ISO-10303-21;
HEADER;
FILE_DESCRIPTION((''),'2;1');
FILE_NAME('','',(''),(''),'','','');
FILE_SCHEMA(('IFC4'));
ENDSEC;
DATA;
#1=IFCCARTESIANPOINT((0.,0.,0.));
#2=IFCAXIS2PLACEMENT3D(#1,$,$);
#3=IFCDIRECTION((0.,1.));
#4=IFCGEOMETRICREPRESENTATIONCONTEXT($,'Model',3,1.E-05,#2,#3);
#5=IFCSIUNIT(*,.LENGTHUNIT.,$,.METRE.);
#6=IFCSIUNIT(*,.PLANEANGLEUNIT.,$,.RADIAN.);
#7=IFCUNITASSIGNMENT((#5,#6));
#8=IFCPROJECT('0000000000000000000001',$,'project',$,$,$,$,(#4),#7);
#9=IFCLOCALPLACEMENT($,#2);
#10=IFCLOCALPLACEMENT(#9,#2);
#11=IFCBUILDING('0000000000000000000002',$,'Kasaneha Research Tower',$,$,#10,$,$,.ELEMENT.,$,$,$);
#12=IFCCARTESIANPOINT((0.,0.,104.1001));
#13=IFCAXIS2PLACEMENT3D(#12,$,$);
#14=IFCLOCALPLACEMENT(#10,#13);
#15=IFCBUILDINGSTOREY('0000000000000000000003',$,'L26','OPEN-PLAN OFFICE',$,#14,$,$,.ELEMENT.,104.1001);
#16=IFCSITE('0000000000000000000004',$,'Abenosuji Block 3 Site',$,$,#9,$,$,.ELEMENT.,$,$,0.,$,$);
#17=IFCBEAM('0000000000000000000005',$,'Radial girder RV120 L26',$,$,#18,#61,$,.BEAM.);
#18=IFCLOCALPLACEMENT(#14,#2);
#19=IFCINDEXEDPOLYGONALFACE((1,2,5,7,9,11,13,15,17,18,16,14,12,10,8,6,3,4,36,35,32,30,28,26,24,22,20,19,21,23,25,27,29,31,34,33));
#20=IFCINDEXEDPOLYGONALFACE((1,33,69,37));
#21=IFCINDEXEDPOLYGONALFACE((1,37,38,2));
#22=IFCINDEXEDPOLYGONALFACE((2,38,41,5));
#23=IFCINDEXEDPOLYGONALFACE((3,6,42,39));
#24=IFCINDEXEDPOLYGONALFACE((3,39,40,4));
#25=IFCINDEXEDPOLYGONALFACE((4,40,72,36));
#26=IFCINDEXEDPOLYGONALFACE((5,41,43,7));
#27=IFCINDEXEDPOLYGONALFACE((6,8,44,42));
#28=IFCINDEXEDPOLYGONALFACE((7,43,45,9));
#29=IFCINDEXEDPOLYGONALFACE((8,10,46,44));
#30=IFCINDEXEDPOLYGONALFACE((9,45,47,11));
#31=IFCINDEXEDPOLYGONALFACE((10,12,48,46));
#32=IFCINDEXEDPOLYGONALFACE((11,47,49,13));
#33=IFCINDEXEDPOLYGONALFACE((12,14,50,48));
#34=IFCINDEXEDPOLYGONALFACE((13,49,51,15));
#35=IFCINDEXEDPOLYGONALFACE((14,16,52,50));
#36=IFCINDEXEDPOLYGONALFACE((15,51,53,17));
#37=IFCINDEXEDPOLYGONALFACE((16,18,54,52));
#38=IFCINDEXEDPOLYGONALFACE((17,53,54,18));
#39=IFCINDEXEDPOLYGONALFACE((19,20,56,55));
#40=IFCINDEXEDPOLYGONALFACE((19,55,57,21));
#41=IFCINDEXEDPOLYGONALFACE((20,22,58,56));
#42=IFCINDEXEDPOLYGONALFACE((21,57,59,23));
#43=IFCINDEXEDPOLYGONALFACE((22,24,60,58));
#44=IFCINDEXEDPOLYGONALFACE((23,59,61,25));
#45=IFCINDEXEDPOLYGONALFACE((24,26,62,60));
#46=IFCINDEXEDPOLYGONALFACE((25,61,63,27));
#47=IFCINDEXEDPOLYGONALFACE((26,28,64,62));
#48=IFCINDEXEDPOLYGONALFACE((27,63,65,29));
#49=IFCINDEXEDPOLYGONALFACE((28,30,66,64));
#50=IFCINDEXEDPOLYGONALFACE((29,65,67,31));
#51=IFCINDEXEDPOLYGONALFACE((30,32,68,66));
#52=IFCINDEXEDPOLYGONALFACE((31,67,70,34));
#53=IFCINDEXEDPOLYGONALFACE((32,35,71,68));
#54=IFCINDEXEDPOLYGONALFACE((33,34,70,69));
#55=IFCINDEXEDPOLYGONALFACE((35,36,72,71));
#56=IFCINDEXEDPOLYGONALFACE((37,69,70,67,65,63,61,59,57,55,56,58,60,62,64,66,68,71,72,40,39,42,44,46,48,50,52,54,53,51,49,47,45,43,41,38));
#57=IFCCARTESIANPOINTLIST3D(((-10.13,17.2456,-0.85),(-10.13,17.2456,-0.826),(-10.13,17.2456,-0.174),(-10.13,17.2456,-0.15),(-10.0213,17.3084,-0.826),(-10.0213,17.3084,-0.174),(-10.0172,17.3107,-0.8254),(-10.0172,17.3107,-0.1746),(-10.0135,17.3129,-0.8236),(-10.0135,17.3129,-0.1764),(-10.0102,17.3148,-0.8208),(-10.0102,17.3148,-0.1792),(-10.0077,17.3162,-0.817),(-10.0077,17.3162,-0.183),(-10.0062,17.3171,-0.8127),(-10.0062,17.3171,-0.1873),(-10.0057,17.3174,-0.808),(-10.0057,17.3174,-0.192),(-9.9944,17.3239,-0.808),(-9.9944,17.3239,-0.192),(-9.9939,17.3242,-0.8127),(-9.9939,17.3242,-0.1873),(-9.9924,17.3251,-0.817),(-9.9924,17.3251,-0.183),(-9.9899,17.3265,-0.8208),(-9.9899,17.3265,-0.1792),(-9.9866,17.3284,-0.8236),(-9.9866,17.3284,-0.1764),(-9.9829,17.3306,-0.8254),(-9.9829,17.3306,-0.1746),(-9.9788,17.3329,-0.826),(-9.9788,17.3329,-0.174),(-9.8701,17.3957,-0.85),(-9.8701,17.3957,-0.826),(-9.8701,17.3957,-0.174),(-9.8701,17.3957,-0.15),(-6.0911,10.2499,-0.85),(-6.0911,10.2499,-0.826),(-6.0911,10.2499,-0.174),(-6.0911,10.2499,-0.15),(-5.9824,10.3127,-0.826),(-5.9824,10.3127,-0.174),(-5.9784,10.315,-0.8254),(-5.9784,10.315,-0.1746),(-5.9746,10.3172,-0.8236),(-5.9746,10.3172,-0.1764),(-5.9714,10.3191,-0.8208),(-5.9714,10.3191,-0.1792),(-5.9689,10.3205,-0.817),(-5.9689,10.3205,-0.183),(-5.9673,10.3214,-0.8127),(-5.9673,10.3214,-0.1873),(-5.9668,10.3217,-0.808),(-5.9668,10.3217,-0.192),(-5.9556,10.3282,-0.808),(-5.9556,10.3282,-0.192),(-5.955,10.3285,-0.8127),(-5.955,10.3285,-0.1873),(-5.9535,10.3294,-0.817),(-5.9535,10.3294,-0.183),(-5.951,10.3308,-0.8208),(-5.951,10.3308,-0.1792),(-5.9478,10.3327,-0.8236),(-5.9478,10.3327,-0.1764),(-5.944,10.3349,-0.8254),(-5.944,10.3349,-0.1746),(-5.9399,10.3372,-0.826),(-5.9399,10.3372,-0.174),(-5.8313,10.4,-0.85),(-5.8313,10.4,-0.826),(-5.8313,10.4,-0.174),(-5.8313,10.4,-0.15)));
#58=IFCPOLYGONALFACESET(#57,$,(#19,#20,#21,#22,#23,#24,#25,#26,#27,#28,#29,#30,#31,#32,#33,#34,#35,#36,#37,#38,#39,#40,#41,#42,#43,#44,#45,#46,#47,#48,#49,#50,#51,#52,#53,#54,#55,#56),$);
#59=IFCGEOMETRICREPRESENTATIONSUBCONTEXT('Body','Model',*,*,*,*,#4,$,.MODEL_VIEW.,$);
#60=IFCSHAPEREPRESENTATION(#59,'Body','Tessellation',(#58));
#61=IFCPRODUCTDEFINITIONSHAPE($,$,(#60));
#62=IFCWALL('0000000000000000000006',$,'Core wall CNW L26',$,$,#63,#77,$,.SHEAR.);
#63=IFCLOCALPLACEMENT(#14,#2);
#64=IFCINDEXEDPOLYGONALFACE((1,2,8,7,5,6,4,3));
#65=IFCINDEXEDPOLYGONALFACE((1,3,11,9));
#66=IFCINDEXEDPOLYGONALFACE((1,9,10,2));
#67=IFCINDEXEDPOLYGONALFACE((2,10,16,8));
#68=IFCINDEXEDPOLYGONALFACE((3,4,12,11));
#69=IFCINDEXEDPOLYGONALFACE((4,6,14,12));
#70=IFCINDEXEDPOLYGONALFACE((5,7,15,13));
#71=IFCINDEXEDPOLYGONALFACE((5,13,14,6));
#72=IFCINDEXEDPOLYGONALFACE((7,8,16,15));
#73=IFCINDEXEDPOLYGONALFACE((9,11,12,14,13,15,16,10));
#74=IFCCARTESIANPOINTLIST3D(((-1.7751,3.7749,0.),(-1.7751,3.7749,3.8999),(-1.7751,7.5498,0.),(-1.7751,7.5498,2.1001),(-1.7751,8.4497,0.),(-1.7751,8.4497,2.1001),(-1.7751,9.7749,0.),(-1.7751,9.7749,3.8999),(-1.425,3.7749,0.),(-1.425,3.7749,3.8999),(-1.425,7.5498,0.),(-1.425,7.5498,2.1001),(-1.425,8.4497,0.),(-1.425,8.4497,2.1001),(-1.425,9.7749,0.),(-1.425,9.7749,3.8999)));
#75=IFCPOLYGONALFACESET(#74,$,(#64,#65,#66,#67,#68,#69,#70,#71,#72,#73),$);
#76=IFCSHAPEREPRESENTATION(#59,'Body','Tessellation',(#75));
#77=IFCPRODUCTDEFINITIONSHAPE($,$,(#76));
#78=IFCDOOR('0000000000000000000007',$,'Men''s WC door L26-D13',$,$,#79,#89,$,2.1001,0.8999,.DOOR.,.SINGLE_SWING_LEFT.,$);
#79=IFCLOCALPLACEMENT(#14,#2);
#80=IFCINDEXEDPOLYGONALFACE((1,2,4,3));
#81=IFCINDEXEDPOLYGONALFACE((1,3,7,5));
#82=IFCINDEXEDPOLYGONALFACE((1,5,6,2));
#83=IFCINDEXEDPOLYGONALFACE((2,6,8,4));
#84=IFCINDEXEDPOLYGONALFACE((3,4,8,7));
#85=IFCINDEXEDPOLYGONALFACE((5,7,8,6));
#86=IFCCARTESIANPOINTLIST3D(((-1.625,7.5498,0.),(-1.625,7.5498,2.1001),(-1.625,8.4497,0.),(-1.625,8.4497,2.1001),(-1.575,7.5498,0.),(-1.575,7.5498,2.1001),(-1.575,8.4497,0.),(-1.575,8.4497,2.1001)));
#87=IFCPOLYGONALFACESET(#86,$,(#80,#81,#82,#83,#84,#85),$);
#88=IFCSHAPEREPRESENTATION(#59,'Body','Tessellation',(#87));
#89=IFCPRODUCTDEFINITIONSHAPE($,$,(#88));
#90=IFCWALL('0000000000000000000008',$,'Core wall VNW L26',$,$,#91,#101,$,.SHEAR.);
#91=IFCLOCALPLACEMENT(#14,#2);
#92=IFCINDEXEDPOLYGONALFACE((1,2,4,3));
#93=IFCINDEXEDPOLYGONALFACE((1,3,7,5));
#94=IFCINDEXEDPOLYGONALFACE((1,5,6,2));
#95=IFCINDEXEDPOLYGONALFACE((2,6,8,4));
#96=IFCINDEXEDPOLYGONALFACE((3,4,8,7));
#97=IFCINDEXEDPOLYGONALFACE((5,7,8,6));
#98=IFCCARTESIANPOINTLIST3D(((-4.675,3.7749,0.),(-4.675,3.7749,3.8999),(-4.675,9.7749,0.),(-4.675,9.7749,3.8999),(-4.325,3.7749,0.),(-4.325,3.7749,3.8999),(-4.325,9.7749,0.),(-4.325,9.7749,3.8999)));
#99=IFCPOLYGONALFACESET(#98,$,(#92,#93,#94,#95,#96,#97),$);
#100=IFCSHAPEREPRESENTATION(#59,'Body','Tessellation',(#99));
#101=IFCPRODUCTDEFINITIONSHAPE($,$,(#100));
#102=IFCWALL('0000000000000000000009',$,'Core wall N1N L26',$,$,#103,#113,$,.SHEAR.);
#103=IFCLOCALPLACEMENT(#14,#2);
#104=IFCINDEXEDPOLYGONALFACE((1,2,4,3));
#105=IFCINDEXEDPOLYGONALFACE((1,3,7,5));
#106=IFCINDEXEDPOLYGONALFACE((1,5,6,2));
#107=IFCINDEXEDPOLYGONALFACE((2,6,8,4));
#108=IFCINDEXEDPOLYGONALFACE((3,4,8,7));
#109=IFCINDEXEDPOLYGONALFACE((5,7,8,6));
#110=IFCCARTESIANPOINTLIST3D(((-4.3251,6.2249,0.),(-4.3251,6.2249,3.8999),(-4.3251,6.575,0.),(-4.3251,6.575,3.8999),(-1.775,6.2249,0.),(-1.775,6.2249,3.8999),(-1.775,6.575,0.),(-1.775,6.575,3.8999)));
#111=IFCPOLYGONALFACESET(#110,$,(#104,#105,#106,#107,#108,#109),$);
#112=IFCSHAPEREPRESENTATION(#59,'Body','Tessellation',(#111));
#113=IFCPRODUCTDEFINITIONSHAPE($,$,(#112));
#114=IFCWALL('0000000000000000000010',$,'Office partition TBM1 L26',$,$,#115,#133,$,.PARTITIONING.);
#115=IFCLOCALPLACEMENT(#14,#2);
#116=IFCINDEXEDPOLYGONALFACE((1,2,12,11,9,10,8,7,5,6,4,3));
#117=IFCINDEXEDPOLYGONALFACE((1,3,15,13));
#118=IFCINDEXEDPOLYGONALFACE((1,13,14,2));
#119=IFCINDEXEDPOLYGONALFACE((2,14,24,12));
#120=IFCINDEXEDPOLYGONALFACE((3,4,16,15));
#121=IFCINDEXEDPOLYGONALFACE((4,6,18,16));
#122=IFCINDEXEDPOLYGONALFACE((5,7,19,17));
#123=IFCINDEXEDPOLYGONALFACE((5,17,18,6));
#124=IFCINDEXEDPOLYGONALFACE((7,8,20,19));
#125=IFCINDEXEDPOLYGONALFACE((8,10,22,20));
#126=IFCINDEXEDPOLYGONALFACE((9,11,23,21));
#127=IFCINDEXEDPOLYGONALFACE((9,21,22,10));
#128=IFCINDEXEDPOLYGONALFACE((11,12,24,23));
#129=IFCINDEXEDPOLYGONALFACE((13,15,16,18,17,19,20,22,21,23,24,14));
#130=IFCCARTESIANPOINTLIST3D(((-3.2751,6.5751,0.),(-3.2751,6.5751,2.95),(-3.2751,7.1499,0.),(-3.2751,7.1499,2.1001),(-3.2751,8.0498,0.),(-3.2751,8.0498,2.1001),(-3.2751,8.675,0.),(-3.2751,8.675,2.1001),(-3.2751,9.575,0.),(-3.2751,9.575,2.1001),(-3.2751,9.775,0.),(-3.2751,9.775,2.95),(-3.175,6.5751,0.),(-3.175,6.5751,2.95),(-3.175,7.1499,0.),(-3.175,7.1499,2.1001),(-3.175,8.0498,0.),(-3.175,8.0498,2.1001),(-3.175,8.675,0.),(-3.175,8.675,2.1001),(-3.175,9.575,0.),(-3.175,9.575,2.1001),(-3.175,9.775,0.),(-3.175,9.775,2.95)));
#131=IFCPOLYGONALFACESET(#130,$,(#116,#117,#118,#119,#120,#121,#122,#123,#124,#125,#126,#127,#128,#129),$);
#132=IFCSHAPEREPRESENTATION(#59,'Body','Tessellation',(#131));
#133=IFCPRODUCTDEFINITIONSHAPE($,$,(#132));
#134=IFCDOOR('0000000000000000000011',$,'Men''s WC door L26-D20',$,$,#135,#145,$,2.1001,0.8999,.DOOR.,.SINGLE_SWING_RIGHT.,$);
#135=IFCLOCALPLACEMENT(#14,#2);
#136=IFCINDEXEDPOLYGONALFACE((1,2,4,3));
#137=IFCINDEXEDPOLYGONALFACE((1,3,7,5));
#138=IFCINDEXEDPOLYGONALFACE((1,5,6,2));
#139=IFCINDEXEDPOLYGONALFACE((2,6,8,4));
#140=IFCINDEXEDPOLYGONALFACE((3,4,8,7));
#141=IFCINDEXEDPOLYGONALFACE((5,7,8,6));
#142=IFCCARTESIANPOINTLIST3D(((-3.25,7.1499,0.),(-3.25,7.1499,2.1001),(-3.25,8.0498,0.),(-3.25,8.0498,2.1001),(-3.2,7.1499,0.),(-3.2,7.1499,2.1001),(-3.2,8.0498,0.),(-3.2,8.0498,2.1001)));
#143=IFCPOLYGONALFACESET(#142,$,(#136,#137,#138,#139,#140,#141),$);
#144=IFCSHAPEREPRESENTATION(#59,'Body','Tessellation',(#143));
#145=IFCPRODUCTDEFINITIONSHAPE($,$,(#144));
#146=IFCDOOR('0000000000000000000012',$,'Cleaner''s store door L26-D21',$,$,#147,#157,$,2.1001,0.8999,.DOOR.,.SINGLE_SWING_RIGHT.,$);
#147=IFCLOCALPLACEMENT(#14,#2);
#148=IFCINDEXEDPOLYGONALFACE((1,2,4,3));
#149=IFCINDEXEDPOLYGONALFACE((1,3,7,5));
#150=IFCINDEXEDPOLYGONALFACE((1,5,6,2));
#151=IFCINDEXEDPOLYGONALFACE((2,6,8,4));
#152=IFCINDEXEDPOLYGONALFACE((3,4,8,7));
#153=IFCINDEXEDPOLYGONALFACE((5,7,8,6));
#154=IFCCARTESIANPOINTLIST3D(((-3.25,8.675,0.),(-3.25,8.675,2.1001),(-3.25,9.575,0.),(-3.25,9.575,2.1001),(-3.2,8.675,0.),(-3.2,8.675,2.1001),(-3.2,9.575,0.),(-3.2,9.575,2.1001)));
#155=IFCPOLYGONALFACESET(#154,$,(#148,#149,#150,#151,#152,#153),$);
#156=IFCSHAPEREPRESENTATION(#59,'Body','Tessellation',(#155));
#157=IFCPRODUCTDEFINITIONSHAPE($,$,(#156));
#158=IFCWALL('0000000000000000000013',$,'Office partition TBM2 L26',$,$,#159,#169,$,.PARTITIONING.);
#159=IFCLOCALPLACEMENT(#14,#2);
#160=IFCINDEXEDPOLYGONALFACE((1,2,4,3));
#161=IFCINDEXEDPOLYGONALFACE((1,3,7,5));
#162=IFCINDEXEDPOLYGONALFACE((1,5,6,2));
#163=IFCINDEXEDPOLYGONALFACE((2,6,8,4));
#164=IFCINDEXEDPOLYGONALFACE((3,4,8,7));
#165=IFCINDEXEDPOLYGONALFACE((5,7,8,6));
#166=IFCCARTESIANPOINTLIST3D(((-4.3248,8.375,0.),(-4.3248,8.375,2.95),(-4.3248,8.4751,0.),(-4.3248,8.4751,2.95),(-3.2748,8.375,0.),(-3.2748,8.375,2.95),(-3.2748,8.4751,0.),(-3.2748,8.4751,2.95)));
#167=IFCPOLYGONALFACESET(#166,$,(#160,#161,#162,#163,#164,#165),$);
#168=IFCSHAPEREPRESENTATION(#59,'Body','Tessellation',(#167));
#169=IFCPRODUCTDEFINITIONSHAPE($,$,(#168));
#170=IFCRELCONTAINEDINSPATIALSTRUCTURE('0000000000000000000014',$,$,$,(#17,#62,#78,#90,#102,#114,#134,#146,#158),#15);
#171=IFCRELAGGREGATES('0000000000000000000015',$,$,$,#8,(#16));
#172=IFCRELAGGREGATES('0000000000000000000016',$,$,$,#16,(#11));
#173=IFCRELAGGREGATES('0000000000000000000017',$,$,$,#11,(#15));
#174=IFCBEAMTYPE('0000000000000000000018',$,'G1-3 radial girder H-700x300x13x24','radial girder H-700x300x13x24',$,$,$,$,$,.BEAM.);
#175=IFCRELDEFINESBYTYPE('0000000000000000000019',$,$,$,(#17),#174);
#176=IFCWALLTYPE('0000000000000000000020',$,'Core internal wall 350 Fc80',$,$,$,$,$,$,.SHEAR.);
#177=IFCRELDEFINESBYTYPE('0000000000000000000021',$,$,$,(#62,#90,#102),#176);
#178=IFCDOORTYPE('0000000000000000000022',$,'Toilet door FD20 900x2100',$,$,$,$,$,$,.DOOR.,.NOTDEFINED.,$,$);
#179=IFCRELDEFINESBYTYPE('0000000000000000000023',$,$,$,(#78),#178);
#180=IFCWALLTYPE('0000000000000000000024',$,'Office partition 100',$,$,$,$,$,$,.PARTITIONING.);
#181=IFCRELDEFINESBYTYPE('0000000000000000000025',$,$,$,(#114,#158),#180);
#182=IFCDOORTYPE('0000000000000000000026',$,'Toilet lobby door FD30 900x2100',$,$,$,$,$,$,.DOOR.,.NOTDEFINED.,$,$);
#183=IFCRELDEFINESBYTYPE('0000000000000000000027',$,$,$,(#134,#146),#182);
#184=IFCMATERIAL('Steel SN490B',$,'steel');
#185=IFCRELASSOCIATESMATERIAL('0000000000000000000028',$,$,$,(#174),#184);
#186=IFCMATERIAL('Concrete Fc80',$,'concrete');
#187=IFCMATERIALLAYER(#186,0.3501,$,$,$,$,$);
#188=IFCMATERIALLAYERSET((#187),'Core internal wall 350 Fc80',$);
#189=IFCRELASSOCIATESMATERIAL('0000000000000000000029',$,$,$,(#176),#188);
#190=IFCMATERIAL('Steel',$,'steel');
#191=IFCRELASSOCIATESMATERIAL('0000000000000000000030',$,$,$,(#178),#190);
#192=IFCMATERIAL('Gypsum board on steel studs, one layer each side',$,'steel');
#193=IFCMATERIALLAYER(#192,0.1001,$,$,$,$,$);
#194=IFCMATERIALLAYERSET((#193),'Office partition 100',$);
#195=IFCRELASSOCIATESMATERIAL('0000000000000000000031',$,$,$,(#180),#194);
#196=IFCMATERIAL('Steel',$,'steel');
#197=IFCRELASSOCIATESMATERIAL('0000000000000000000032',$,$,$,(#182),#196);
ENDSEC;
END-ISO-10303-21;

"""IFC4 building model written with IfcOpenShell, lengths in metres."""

from ifc_helpers import new_model, si_unit, direction, frame, frame_2d, origin, origin_2d, place, context, subcontext, project, spatial, rectangle, i_section, extrude, material, layer, layer_set, material_profile, profile_set, type_object, element, fill, save


model = new_model("IFC4")

# Units and contexts
model_context = context("Model", 3, precision=1e-05, world=origin(), true_north=direction((0.0, 1.0)))
body_context = subcontext(model_context, "Body", "Model", "MODEL_VIEW")
ifc_project = project(units=[si_unit("LENGTHUNIT", "METRE"), si_unit("PLANEANGLEUNIT", "RADIAN")], contexts=[model_context])

# Site, building, storey
site_placement = place(None, origin())
site = spatial("IfcSite", under=ifc_project, at=site_placement, Name="Abenosuji Block 3 Site", CompositionType="ELEMENT", RefElevation=0.0)
building_placement = place(site_placement, origin())
building = spatial("IfcBuilding", under=site, at=building_placement, Name="Kasaneha Research Tower", CompositionType="ELEMENT")
storey_placement = place(building_placement, frame((0.0, 0.0, 104.1001)))
storey = spatial("IfcBuildingStorey", under=building, at=storey_placement, Name="L26", Description="OPEN-PLAN OFFICE", CompositionType="ELEMENT", Elevation=104.1001)

# Beam
ifc_material_1 = material(Name="Steel SN490B", Category="steel")
ifc_material_profile = material_profile(ifc_material_1, i_section(OverallWidth=0.3, OverallDepth=0.7, WebThickness=0.0129, FlangeThickness=0.0239, FilletRadius=0.0181, at=origin_2d()), Name="H-700x300x13x24")
ifc_profile_set = profile_set([ifc_material_profile], Name="Steel SN490B")
beam_type = type_object("IfcBeamType", Name="G1-3 radial girder H-700x300x13x24", Description="radial girder H-700x300x13x24", PredefinedType="BEAM", material=ifc_profile_set)
beam_placement = place(storey_placement, frame((-5.9612, 10.325, -0.5), z_axis=(-0.499991, 0.866031, 0.0), x_axis=(-0.866031, -0.499991, 0.0)))
element("IfcBeam", 1, at=beam_placement, inside=storey, type_object=beam_type, Name="Radial girder RV120 L26", PredefinedType="BEAM", context=body_context, shape_type="SweptSolid", body=[
    extrude(i_section(OverallWidth=0.3, OverallDepth=0.7, WebThickness=0.0129, FlangeThickness=0.0239, FilletRadius=0.0181, at=origin_2d()), origin(), (0.0, 0.0, 1.0), 8.0779),
])

# Wall, opening, door
ifc_material_2 = material(Name="Concrete Fc80", Category="concrete")
ifc_layer_1 = layer(ifc_material_2, 0.3501)
ifc_layer_set_1 = layer_set([ifc_layer_1], Name="Core internal wall 350 Fc80")
wall_type_1 = type_object("IfcWallType", Name="Core internal wall 350 Fc80", PredefinedType="SHEAR", material=ifc_layer_set_1)
wall_1_placement = place(storey_placement, frame((-1.6001, 3.7749, 0.0), z_axis=(0.0, 0.0, 1.0), x_axis=(0.0, 1.0, 0.0)))
wall_1 = element("IfcWall", 2, at=wall_1_placement, inside=storey, type_object=wall_type_1, Name="Core wall CNW L26", PredefinedType="SHEAR", context=body_context, shape_type="SweptSolid", body=[
    extrude(rectangle(XDim=6.0, YDim=0.3501, at=frame_2d((3.0, 0.0))), origin(), (0.0, 0.0, 1.0), 3.8999),
])
opening_1_placement = place(wall_1_placement, frame((3.7749, 0.0, 0.0)))
opening_1 = element("IfcOpeningElement", 3, at=opening_1_placement, cuts=wall_1, PredefinedType="OPENING", context=body_context, shape_type="SweptSolid", body=[
    extrude(rectangle(XDim=0.8999, YDim=2.1001, at=frame_2d((0.45, 1.05))), frame((0.0, 0.1851, 0.0), z_axis=(0.0, -1.0, 0.0), x_axis=(1.0, 0.0, 0.0)), (0.0, 0.0, 1.0), 0.3701),
])
ifc_material_3 = material(Name="Steel", Category="steel")
door_type_1 = type_object("IfcDoorType", Name="Toilet door FD20 900x2100", OperationType="NOTDEFINED", PredefinedType="DOOR", material=ifc_material_3)
door_1_placement = place(opening_1_placement, origin())
door_1 = element("IfcDoor", 4, at=door_1_placement, inside=storey, type_object=door_type_1, Name="Men's WC door L26-D13", OperationType="SINGLE_SWING_LEFT", OverallHeight=2.1001, OverallWidth=0.8999, PredefinedType="DOOR", context=body_context, shape_type="SweptSolid", body=[
    extrude(rectangle(XDim=0.8999, YDim=2.1001, at=frame_2d((0.45, 1.05))), frame((0.0, 0.0249, 0.0), z_axis=(0.0, -1.0, 0.0), x_axis=(1.0, 0.0, 0.0)), (0.0, 0.0, 1.0), 0.05),
])
fill(opening_1, door_1)

# Walls
wall_2_placement = place(storey_placement, frame((-4.5, 3.7749, 0.0), z_axis=(0.0, 0.0, 1.0), x_axis=(0.0, 1.0, 0.0)))
element("IfcWall", 5, at=wall_2_placement, inside=storey, type_object=wall_type_1, Name="Core wall VNW L26", PredefinedType="SHEAR", context=body_context, shape_type="SweptSolid", body=[
    extrude(rectangle(XDim=6.0, YDim=0.3501, at=frame_2d((3.0, 0.0))), origin(), (0.0, 0.0, 1.0), 3.8999),
])
wall_3_placement = place(storey_placement, frame((-4.325, 6.3999, 0.0), z_axis=(0.0, 0.0, 1.0), x_axis=(1.0, 0.0, 0.0)))
element("IfcWall", 6, at=wall_3_placement, inside=storey, type_object=wall_type_1, Name="Core wall N1N L26", PredefinedType="SHEAR", context=body_context, shape_type="SweptSolid", body=[
    extrude(rectangle(XDim=2.55, YDim=0.3501, at=frame_2d((1.2749, 0.0))), origin(), (0.0, 0.0, 1.0), 3.8999),
])

# Wall, openings, doors
ifc_material_4 = material(Name="Gypsum board on steel studs, one layer each side", Category="steel")
ifc_layer_2 = layer(ifc_material_4, 0.1001)
ifc_layer_set_2 = layer_set([ifc_layer_2], Name="Office partition 100")
wall_type_2 = type_object("IfcWallType", Name="Office partition 100", PredefinedType="PARTITIONING", material=ifc_layer_set_2)
wall_4_placement = place(storey_placement, frame((-3.2251, 6.575, 0.0), z_axis=(0.0, 0.0, 1.0), x_axis=(0.0, 1.0, 0.0)))
wall_4 = element("IfcWall", 7, at=wall_4_placement, inside=storey, type_object=wall_type_2, Name="Office partition TBM1 L26", PredefinedType="PARTITIONING", context=body_context, shape_type="SweptSolid", body=[
    extrude(rectangle(XDim=3.2, YDim=0.1001, at=frame_2d((1.6001, 0.0))), origin(), (0.0, 0.0, 1.0), 2.95),
])
opening_2_placement = place(wall_4_placement, frame((0.575, 0.0, 0.0)))
opening_2 = element("IfcOpeningElement", 8, at=opening_2_placement, cuts=wall_4, PredefinedType="OPENING", context=body_context, shape_type="SweptSolid", body=[
    extrude(rectangle(XDim=0.8999, YDim=2.1001, at=frame_2d((0.45, 1.05))), frame((0.0, 0.0601, 0.0), z_axis=(0.0, -1.0, 0.0), x_axis=(1.0, 0.0, 0.0)), (0.0, 0.0, 1.0), 0.1201),
])
opening_3_placement = place(wall_4_placement, frame((2.1001, 0.0, 0.0)))
opening_3 = element("IfcOpeningElement", 9, at=opening_3_placement, cuts=wall_4, PredefinedType="OPENING", context=body_context, shape_type="SweptSolid", body=[
    extrude(rectangle(XDim=0.8999, YDim=2.1001, at=frame_2d((0.45, 1.05))), frame((0.0, 0.0601, 0.0), z_axis=(0.0, -1.0, 0.0), x_axis=(1.0, 0.0, 0.0)), (0.0, 0.0, 1.0), 0.1201),
])
ifc_material_5 = material(Name="Steel", Category="steel")
door_type_2 = type_object("IfcDoorType", Name="Toilet lobby door FD30 900x2100", OperationType="NOTDEFINED", PredefinedType="DOOR", material=ifc_material_5)
door_2_placement = place(opening_2_placement, origin())
door_2 = element("IfcDoor", 10, at=door_2_placement, inside=storey, type_object=door_type_2, Name="Men's WC door L26-D20", OperationType="SINGLE_SWING_RIGHT", OverallHeight=2.1001, OverallWidth=0.8999, PredefinedType="DOOR", context=body_context, shape_type="SweptSolid", body=[
    extrude(rectangle(XDim=0.8999, YDim=2.1001, at=frame_2d((0.45, 1.05))), frame((0.0, 0.0249, 0.0), z_axis=(0.0, -1.0, 0.0), x_axis=(1.0, 0.0, 0.0)), (0.0, 0.0, 1.0), 0.05),
])
fill(opening_2, door_2)
door_3_placement = place(opening_3_placement, origin())
door_3 = element("IfcDoor", 11, at=door_3_placement, inside=storey, type_object=door_type_2, Name="Cleaner's store door L26-D21", OperationType="SINGLE_SWING_RIGHT", OverallHeight=2.1001, OverallWidth=0.8999, PredefinedType="DOOR", context=body_context, shape_type="SweptSolid", body=[
    extrude(rectangle(XDim=0.8999, YDim=2.1001, at=frame_2d((0.45, 1.05))), frame((0.0, 0.0249, 0.0), z_axis=(0.0, -1.0, 0.0), x_axis=(1.0, 0.0, 0.0)), (0.0, 0.0, 1.0), 0.05),
])
fill(opening_3, door_3)

# Wall
wall_5_placement = place(storey_placement, frame((-3.2749, 8.425, 0.0), z_axis=(0.0, 0.0, 1.0), x_axis=(-1.0, 0.0, 0.0)))
element("IfcWall", 12, at=wall_5_placement, inside=storey, type_object=wall_type_2, Name="Office partition TBM2 L26", PredefinedType="PARTITIONING", context=body_context, shape_type="SweptSolid", body=[
    extrude(rectangle(XDim=1.05, YDim=0.1001, at=frame_2d((0.5249, 0.0))), origin(), (0.0, 0.0, 1.0), 2.95),
])

save(model, "model.ifc")
